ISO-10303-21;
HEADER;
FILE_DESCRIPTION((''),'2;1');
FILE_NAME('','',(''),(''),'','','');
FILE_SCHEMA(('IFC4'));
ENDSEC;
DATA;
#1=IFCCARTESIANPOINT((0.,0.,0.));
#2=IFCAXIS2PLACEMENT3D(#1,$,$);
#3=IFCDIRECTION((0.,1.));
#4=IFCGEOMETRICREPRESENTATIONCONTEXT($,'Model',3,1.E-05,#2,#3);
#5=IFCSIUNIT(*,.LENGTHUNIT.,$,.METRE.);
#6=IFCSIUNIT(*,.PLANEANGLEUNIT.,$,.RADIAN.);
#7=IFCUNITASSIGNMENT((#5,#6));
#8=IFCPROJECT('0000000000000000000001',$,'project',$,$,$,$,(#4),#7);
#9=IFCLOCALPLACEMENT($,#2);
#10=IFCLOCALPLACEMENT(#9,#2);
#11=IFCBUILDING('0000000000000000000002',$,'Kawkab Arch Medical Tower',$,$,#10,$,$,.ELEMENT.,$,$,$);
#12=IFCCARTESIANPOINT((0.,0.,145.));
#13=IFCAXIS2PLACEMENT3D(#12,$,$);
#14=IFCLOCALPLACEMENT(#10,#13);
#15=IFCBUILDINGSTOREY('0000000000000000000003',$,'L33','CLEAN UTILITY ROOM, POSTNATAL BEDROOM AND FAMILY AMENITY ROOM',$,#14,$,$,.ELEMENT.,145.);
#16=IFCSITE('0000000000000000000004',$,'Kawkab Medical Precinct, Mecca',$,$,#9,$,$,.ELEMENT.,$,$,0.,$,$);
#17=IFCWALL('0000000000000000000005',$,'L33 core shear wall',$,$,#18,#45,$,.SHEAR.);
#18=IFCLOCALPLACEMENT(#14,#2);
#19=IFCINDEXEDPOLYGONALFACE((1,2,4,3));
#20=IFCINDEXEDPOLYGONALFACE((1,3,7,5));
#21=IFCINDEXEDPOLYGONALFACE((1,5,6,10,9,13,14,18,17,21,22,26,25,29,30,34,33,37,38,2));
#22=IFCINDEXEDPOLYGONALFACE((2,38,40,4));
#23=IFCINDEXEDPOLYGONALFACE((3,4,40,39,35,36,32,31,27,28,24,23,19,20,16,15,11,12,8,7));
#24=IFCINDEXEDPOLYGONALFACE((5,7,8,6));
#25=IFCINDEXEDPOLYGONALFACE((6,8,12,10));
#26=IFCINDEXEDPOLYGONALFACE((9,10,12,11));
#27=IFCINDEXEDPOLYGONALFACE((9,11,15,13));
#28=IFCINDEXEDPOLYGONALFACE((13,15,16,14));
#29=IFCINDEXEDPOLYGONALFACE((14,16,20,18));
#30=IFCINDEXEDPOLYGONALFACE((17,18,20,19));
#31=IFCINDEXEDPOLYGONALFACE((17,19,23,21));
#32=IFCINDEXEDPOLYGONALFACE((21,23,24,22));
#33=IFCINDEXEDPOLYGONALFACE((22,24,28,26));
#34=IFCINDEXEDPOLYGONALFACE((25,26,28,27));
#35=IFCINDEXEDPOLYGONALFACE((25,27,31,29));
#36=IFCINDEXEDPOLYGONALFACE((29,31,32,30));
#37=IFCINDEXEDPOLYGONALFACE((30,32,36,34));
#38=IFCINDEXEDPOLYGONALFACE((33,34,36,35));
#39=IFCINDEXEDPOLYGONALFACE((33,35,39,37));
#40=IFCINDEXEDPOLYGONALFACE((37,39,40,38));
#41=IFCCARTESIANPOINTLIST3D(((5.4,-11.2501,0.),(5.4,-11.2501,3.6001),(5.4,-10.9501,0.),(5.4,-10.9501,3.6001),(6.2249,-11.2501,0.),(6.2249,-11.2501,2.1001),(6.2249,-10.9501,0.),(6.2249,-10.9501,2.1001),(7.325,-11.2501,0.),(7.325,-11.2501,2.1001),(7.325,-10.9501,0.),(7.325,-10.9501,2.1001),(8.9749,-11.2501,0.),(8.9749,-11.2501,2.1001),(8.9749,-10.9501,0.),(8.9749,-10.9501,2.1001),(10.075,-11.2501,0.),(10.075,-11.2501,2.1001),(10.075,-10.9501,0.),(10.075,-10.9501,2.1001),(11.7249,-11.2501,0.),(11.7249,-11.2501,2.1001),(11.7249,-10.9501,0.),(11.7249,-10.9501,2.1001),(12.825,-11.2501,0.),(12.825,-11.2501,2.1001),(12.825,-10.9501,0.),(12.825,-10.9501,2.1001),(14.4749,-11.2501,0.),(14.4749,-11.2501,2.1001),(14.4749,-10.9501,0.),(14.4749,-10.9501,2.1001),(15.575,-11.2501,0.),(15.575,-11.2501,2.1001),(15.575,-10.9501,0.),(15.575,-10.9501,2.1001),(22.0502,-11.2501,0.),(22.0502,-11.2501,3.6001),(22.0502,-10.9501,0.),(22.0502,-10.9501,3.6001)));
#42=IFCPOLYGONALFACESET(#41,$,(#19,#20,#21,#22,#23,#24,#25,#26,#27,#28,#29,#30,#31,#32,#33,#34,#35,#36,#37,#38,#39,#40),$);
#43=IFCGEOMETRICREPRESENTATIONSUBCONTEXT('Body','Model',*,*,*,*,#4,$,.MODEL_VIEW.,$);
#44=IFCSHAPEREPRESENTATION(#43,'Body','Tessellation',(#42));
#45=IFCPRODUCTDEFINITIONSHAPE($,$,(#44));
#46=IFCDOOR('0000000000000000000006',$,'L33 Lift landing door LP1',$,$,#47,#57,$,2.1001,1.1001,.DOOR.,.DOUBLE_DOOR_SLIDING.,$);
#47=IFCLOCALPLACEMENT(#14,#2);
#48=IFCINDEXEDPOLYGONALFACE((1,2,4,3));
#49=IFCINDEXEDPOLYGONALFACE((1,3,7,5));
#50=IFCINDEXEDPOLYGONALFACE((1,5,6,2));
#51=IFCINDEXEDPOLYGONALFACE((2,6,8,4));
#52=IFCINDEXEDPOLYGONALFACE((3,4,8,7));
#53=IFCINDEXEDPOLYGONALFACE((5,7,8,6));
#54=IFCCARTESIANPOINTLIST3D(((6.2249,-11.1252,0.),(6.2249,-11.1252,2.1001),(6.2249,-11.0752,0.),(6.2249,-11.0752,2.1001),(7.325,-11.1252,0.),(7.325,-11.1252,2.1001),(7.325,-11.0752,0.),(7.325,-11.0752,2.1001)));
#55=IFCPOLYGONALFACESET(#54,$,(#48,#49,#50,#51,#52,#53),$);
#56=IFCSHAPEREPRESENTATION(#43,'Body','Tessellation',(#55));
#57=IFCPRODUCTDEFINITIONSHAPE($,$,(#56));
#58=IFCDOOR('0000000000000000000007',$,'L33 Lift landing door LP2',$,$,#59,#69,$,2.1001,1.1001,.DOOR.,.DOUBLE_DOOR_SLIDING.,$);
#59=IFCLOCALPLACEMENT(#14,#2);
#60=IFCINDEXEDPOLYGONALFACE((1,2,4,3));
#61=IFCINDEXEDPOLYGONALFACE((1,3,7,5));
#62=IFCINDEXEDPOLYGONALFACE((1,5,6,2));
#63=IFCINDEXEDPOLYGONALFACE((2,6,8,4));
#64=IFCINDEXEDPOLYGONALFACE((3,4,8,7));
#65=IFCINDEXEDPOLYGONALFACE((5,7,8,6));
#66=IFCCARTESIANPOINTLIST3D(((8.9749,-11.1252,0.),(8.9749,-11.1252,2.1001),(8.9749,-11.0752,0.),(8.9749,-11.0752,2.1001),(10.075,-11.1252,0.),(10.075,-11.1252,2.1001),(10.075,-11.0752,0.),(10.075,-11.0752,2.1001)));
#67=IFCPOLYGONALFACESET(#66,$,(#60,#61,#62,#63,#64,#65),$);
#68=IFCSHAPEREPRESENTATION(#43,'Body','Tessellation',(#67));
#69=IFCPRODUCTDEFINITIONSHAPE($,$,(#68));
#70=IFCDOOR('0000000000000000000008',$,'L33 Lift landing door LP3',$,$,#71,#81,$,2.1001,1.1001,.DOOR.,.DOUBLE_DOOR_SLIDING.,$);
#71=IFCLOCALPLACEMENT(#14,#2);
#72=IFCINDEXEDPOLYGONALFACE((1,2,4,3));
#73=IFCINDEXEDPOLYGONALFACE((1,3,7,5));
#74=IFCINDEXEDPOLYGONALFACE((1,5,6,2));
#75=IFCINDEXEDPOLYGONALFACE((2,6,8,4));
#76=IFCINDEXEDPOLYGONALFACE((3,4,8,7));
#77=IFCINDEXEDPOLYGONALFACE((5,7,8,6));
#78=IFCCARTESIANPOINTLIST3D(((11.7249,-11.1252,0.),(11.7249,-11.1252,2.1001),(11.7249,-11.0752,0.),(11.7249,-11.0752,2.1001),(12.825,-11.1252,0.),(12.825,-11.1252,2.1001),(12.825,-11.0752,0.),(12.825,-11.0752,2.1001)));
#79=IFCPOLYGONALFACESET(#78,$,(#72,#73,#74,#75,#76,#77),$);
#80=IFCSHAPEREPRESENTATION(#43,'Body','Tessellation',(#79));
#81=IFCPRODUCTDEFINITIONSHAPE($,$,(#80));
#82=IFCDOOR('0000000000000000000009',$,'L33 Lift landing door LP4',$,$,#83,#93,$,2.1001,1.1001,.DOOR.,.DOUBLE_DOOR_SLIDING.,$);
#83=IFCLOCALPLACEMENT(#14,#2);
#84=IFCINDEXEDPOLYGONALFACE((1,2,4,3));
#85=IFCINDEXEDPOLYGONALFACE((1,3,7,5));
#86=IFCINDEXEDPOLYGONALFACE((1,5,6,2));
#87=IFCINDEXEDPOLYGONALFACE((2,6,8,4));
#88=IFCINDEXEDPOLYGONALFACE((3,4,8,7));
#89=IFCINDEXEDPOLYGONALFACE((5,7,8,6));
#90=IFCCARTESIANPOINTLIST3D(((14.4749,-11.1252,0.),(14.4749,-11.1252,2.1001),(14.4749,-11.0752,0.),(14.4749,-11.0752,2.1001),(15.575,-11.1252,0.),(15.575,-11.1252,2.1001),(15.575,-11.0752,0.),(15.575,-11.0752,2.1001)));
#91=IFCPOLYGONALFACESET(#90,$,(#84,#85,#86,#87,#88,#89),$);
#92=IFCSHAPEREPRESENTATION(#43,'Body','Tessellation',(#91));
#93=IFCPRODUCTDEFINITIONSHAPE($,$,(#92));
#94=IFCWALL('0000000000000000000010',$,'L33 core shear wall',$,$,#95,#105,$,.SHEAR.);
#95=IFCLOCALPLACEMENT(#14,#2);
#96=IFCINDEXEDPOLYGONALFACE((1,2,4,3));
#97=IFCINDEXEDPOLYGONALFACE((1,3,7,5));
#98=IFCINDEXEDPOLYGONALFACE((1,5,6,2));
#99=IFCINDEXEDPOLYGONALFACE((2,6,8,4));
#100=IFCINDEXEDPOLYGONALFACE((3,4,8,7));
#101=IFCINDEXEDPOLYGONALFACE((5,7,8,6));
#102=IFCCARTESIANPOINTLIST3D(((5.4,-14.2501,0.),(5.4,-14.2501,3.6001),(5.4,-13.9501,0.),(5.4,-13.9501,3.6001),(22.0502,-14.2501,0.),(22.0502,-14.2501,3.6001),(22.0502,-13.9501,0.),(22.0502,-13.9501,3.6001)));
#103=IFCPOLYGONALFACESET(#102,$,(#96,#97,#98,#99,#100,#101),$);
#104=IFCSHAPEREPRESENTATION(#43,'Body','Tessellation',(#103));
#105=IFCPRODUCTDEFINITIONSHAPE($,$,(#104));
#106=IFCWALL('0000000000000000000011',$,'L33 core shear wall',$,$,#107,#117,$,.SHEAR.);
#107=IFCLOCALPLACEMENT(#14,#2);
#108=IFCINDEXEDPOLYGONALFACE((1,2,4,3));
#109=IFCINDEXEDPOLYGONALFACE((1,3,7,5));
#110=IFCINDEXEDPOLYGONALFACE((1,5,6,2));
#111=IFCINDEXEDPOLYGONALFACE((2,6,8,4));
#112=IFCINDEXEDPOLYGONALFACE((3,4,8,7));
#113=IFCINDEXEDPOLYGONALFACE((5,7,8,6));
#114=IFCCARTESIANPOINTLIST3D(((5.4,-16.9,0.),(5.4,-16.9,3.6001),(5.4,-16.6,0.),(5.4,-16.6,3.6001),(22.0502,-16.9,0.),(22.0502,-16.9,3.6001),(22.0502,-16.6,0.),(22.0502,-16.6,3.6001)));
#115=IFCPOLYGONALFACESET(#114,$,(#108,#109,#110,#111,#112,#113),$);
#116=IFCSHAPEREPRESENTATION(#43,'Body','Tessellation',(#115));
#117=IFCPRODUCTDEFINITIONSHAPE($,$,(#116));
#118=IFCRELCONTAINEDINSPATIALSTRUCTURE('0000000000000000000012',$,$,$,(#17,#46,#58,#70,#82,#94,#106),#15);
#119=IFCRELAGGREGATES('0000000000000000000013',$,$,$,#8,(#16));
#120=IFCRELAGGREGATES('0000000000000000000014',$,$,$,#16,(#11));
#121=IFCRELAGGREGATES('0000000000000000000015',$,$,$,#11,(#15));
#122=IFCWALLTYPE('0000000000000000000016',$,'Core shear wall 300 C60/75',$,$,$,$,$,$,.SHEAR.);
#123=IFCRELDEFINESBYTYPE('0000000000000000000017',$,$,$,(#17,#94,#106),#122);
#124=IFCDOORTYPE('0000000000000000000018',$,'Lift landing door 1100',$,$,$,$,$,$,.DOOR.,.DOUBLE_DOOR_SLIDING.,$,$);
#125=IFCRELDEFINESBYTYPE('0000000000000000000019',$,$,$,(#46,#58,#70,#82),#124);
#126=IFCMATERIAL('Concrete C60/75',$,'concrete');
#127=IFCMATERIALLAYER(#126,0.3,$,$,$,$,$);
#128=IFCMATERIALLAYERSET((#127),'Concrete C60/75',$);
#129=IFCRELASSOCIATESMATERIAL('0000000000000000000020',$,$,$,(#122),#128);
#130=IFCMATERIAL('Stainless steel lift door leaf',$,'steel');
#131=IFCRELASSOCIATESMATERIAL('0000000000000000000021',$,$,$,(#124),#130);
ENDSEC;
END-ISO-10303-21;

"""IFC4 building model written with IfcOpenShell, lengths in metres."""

from ifc_helpers import new_model, si_unit, direction, frame, frame_2d, origin, place, context, subcontext, project, spatial, rectangle, extrude, material, layer, layer_set, type_object, element, fill, save


model = new_model("IFC4")

# Units and contexts
model_context = context("Model", 3, precision=1e-05, world=origin(), true_north=direction((0.0, 1.0)))
body_context = subcontext(model_context, "Body", "Model", "MODEL_VIEW")
ifc_project = project(units=[si_unit("LENGTHUNIT", "METRE"), si_unit("PLANEANGLEUNIT", "RADIAN")], contexts=[model_context])

# Site, building, storey
site_placement = place(None, origin())
site = spatial("IfcSite", under=ifc_project, at=site_placement, Name="Kawkab Medical Precinct, Mecca", CompositionType="ELEMENT", RefElevation=0.0)
building_placement = place(site_placement, origin())
building = spatial("IfcBuilding", under=site, at=building_placement, Name="Kawkab Arch Medical Tower", CompositionType="ELEMENT")
storey_placement = place(building_placement, frame((0.0, 0.0, 145.0)))
storey = spatial("IfcBuildingStorey", under=building, at=storey_placement, Name="L33", Description="CLEAN UTILITY ROOM, POSTNATAL BEDROOM AND FAMILY AMENITY ROOM", CompositionType="ELEMENT", Elevation=145.0)

# Shared definitions
ifc_material_1 = material(Name="Concrete C60/75", Category="concrete")
ifc_layer_1 = layer(ifc_material_1, 0.3)
ifc_layer_set_1 = layer_set([ifc_layer_1], Name="Concrete C60/75")
wall_type_1 = type_object("IfcWallType", Name="Core shear wall 300 C60/75", PredefinedType="SHEAR", material=ifc_layer_set_1)

# Wall, openings, doors
wall_1_placement = place(storey_placement, frame((5.3999, -11.1001, 0.0), z_axis=(0.0, 0.0, 1.0), x_axis=(1.0, 0.0, 0.0)))
wall_1 = element("IfcWall", 1, at=wall_1_placement, inside=storey, type_object=wall_type_1, Name="L33 core shear wall", PredefinedType="SHEAR", context=body_context, shape_type="SweptSolid", body=[
    extrude(rectangle(XDim=16.6501, YDim=0.3, at=frame_2d((8.3252, 0.0))), origin(), (0.0, 0.0, 1.0), 3.6001),
])
opening_1_placement = place(wall_1_placement, frame((0.825, 0.0, 0.0)))
opening_1 = element("IfcOpeningElement", 2, at=opening_1_placement, cuts=wall_1, PredefinedType="OPENING", context=body_context, shape_type="SweptSolid", body=[
    extrude(rectangle(XDim=1.1001, YDim=2.1001, at=frame_2d((0.55, 1.05))), frame((0.0, 0.1599, 0.0), z_axis=(0.0, -1.0, 0.0), x_axis=(1.0, 0.0, 0.0)), (0.0, 0.0, 1.0), 0.3201),
])
opening_2_placement = place(wall_1_placement, frame((3.575, 0.0, 0.0)))
opening_2 = element("IfcOpeningElement", 3, at=opening_2_placement, cuts=wall_1, PredefinedType="OPENING", context=body_context, shape_type="SweptSolid", body=[
    extrude(rectangle(XDim=1.1001, YDim=2.1001, at=frame_2d((0.55, 1.05))), frame((0.0, 0.1599, 0.0), z_axis=(0.0, -1.0, 0.0), x_axis=(1.0, 0.0, 0.0)), (0.0, 0.0, 1.0), 0.3201),
])
opening_3_placement = place(wall_1_placement, frame((6.325, 0.0, 0.0)))
opening_3 = element("IfcOpeningElement", 4, at=opening_3_placement, cuts=wall_1, PredefinedType="OPENING", context=body_context, shape_type="SweptSolid", body=[
    extrude(rectangle(XDim=1.1001, YDim=2.1001, at=frame_2d((0.55, 1.05))), frame((0.0, 0.1599, 0.0), z_axis=(0.0, -1.0, 0.0), x_axis=(1.0, 0.0, 0.0)), (0.0, 0.0, 1.0), 0.3201),
])
opening_4_placement = place(wall_1_placement, frame((9.075, 0.0, 0.0)))
opening_4 = element("IfcOpeningElement", 5, at=opening_4_placement, cuts=wall_1, PredefinedType="OPENING", context=body_context, shape_type="SweptSolid", body=[
    extrude(rectangle(XDim=1.1001, YDim=2.1001, at=frame_2d((0.55, 1.05))), frame((0.0, 0.1599, 0.0), z_axis=(0.0, -1.0, 0.0), x_axis=(1.0, 0.0, 0.0)), (0.0, 0.0, 1.0), 0.3201),
])
ifc_material_2 = material(Name="Stainless steel lift door leaf", Category="steel")
door_type_1 = type_object("IfcDoorType", Name="Lift landing door 1100", OperationType="DOUBLE_DOOR_SLIDING", PredefinedType="DOOR", material=ifc_material_2)
door_1_placement = place(opening_1_placement, origin())
door_1 = element("IfcDoor", 6, at=door_1_placement, inside=storey, type_object=door_type_1, Name="L33 Lift landing door LP1", OperationType="DOUBLE_DOOR_SLIDING", OverallHeight=2.1001, OverallWidth=1.1001, PredefinedType="DOOR", context=body_context, shape_type="SweptSolid", body=[
    extrude(rectangle(XDim=1.1001, YDim=2.1001, at=frame_2d((0.55, 1.05))), frame((0.0, 0.0249, 0.0), z_axis=(0.0, -1.0, 0.0), x_axis=(1.0, 0.0, 0.0)), (0.0, 0.0, 1.0), 0.05),
])
fill(opening_1, door_1)
door_2_placement = place(opening_2_placement, origin())
door_2 = element("IfcDoor", 7, at=door_2_placement, inside=storey, type_object=door_type_1, Name="L33 Lift landing door LP2", OperationType="DOUBLE_DOOR_SLIDING", OverallHeight=2.1001, OverallWidth=1.1001, PredefinedType="DOOR", context=body_context, shape_type="SweptSolid", body=[
    extrude(rectangle(XDim=1.1001, YDim=2.1001, at=frame_2d((0.55, 1.05))), frame((0.0, 0.0249, 0.0), z_axis=(0.0, -1.0, 0.0), x_axis=(1.0, 0.0, 0.0)), (0.0, 0.0, 1.0), 0.05),
])
fill(opening_2, door_2)
door_3_placement = place(opening_3_placement, origin())
door_3 = element("IfcDoor", 8, at=door_3_placement, inside=storey, type_object=door_type_1, Name="L33 Lift landing door LP3", OperationType="DOUBLE_DOOR_SLIDING", OverallHeight=2.1001, OverallWidth=1.1001, PredefinedType="DOOR", context=body_context, shape_type="SweptSolid", body=[
    extrude(rectangle(XDim=1.1001, YDim=2.1001, at=frame_2d((0.55, 1.05))), frame((0.0, 0.0249, 0.0), z_axis=(0.0, -1.0, 0.0), x_axis=(1.0, 0.0, 0.0)), (0.0, 0.0, 1.0), 0.05),
])
fill(opening_3, door_3)
door_4_placement = place(opening_4_placement, origin())
door_4 = element("IfcDoor", 9, at=door_4_placement, inside=storey, type_object=door_type_1, Name="L33 Lift landing door LP4", OperationType="DOUBLE_DOOR_SLIDING", OverallHeight=2.1001, OverallWidth=1.1001, PredefinedType="DOOR", context=body_context, shape_type="SweptSolid", body=[
    extrude(rectangle(XDim=1.1001, YDim=2.1001, at=frame_2d((0.55, 1.05))), frame((0.0, 0.0249, 0.0), z_axis=(0.0, -1.0, 0.0), x_axis=(1.0, 0.0, 0.0)), (0.0, 0.0, 1.0), 0.05),
])
fill(opening_4, door_4)

# Walls
for number, where, z_axis, x_axis, name in (
    (10, (5.3999, -14.1001, 0.0), (0.0, 0.0, 1.0), (1.0, 0.0, 0.0), "L33 core shear wall"),
    (11, (5.3999, -16.75, 0.0), (0.0, 0.0, 1.0), (1.0, 0.0, 0.0), "L33 core shear wall"),
):
    element("IfcWall", number, at=place(storey_placement, frame(where, z_axis=z_axis, x_axis=x_axis)), inside=storey, type_object=wall_type_1, Name=name, PredefinedType="SHEAR", context=body_context, shape_type="SweptSolid", body=[
        extrude(rectangle(XDim=16.6501, YDim=0.3, at=frame_2d((8.3252, 0.0))), origin(), (0.0, 0.0, 1.0), 3.6001),
    ])

save(model, "model.ifc")
